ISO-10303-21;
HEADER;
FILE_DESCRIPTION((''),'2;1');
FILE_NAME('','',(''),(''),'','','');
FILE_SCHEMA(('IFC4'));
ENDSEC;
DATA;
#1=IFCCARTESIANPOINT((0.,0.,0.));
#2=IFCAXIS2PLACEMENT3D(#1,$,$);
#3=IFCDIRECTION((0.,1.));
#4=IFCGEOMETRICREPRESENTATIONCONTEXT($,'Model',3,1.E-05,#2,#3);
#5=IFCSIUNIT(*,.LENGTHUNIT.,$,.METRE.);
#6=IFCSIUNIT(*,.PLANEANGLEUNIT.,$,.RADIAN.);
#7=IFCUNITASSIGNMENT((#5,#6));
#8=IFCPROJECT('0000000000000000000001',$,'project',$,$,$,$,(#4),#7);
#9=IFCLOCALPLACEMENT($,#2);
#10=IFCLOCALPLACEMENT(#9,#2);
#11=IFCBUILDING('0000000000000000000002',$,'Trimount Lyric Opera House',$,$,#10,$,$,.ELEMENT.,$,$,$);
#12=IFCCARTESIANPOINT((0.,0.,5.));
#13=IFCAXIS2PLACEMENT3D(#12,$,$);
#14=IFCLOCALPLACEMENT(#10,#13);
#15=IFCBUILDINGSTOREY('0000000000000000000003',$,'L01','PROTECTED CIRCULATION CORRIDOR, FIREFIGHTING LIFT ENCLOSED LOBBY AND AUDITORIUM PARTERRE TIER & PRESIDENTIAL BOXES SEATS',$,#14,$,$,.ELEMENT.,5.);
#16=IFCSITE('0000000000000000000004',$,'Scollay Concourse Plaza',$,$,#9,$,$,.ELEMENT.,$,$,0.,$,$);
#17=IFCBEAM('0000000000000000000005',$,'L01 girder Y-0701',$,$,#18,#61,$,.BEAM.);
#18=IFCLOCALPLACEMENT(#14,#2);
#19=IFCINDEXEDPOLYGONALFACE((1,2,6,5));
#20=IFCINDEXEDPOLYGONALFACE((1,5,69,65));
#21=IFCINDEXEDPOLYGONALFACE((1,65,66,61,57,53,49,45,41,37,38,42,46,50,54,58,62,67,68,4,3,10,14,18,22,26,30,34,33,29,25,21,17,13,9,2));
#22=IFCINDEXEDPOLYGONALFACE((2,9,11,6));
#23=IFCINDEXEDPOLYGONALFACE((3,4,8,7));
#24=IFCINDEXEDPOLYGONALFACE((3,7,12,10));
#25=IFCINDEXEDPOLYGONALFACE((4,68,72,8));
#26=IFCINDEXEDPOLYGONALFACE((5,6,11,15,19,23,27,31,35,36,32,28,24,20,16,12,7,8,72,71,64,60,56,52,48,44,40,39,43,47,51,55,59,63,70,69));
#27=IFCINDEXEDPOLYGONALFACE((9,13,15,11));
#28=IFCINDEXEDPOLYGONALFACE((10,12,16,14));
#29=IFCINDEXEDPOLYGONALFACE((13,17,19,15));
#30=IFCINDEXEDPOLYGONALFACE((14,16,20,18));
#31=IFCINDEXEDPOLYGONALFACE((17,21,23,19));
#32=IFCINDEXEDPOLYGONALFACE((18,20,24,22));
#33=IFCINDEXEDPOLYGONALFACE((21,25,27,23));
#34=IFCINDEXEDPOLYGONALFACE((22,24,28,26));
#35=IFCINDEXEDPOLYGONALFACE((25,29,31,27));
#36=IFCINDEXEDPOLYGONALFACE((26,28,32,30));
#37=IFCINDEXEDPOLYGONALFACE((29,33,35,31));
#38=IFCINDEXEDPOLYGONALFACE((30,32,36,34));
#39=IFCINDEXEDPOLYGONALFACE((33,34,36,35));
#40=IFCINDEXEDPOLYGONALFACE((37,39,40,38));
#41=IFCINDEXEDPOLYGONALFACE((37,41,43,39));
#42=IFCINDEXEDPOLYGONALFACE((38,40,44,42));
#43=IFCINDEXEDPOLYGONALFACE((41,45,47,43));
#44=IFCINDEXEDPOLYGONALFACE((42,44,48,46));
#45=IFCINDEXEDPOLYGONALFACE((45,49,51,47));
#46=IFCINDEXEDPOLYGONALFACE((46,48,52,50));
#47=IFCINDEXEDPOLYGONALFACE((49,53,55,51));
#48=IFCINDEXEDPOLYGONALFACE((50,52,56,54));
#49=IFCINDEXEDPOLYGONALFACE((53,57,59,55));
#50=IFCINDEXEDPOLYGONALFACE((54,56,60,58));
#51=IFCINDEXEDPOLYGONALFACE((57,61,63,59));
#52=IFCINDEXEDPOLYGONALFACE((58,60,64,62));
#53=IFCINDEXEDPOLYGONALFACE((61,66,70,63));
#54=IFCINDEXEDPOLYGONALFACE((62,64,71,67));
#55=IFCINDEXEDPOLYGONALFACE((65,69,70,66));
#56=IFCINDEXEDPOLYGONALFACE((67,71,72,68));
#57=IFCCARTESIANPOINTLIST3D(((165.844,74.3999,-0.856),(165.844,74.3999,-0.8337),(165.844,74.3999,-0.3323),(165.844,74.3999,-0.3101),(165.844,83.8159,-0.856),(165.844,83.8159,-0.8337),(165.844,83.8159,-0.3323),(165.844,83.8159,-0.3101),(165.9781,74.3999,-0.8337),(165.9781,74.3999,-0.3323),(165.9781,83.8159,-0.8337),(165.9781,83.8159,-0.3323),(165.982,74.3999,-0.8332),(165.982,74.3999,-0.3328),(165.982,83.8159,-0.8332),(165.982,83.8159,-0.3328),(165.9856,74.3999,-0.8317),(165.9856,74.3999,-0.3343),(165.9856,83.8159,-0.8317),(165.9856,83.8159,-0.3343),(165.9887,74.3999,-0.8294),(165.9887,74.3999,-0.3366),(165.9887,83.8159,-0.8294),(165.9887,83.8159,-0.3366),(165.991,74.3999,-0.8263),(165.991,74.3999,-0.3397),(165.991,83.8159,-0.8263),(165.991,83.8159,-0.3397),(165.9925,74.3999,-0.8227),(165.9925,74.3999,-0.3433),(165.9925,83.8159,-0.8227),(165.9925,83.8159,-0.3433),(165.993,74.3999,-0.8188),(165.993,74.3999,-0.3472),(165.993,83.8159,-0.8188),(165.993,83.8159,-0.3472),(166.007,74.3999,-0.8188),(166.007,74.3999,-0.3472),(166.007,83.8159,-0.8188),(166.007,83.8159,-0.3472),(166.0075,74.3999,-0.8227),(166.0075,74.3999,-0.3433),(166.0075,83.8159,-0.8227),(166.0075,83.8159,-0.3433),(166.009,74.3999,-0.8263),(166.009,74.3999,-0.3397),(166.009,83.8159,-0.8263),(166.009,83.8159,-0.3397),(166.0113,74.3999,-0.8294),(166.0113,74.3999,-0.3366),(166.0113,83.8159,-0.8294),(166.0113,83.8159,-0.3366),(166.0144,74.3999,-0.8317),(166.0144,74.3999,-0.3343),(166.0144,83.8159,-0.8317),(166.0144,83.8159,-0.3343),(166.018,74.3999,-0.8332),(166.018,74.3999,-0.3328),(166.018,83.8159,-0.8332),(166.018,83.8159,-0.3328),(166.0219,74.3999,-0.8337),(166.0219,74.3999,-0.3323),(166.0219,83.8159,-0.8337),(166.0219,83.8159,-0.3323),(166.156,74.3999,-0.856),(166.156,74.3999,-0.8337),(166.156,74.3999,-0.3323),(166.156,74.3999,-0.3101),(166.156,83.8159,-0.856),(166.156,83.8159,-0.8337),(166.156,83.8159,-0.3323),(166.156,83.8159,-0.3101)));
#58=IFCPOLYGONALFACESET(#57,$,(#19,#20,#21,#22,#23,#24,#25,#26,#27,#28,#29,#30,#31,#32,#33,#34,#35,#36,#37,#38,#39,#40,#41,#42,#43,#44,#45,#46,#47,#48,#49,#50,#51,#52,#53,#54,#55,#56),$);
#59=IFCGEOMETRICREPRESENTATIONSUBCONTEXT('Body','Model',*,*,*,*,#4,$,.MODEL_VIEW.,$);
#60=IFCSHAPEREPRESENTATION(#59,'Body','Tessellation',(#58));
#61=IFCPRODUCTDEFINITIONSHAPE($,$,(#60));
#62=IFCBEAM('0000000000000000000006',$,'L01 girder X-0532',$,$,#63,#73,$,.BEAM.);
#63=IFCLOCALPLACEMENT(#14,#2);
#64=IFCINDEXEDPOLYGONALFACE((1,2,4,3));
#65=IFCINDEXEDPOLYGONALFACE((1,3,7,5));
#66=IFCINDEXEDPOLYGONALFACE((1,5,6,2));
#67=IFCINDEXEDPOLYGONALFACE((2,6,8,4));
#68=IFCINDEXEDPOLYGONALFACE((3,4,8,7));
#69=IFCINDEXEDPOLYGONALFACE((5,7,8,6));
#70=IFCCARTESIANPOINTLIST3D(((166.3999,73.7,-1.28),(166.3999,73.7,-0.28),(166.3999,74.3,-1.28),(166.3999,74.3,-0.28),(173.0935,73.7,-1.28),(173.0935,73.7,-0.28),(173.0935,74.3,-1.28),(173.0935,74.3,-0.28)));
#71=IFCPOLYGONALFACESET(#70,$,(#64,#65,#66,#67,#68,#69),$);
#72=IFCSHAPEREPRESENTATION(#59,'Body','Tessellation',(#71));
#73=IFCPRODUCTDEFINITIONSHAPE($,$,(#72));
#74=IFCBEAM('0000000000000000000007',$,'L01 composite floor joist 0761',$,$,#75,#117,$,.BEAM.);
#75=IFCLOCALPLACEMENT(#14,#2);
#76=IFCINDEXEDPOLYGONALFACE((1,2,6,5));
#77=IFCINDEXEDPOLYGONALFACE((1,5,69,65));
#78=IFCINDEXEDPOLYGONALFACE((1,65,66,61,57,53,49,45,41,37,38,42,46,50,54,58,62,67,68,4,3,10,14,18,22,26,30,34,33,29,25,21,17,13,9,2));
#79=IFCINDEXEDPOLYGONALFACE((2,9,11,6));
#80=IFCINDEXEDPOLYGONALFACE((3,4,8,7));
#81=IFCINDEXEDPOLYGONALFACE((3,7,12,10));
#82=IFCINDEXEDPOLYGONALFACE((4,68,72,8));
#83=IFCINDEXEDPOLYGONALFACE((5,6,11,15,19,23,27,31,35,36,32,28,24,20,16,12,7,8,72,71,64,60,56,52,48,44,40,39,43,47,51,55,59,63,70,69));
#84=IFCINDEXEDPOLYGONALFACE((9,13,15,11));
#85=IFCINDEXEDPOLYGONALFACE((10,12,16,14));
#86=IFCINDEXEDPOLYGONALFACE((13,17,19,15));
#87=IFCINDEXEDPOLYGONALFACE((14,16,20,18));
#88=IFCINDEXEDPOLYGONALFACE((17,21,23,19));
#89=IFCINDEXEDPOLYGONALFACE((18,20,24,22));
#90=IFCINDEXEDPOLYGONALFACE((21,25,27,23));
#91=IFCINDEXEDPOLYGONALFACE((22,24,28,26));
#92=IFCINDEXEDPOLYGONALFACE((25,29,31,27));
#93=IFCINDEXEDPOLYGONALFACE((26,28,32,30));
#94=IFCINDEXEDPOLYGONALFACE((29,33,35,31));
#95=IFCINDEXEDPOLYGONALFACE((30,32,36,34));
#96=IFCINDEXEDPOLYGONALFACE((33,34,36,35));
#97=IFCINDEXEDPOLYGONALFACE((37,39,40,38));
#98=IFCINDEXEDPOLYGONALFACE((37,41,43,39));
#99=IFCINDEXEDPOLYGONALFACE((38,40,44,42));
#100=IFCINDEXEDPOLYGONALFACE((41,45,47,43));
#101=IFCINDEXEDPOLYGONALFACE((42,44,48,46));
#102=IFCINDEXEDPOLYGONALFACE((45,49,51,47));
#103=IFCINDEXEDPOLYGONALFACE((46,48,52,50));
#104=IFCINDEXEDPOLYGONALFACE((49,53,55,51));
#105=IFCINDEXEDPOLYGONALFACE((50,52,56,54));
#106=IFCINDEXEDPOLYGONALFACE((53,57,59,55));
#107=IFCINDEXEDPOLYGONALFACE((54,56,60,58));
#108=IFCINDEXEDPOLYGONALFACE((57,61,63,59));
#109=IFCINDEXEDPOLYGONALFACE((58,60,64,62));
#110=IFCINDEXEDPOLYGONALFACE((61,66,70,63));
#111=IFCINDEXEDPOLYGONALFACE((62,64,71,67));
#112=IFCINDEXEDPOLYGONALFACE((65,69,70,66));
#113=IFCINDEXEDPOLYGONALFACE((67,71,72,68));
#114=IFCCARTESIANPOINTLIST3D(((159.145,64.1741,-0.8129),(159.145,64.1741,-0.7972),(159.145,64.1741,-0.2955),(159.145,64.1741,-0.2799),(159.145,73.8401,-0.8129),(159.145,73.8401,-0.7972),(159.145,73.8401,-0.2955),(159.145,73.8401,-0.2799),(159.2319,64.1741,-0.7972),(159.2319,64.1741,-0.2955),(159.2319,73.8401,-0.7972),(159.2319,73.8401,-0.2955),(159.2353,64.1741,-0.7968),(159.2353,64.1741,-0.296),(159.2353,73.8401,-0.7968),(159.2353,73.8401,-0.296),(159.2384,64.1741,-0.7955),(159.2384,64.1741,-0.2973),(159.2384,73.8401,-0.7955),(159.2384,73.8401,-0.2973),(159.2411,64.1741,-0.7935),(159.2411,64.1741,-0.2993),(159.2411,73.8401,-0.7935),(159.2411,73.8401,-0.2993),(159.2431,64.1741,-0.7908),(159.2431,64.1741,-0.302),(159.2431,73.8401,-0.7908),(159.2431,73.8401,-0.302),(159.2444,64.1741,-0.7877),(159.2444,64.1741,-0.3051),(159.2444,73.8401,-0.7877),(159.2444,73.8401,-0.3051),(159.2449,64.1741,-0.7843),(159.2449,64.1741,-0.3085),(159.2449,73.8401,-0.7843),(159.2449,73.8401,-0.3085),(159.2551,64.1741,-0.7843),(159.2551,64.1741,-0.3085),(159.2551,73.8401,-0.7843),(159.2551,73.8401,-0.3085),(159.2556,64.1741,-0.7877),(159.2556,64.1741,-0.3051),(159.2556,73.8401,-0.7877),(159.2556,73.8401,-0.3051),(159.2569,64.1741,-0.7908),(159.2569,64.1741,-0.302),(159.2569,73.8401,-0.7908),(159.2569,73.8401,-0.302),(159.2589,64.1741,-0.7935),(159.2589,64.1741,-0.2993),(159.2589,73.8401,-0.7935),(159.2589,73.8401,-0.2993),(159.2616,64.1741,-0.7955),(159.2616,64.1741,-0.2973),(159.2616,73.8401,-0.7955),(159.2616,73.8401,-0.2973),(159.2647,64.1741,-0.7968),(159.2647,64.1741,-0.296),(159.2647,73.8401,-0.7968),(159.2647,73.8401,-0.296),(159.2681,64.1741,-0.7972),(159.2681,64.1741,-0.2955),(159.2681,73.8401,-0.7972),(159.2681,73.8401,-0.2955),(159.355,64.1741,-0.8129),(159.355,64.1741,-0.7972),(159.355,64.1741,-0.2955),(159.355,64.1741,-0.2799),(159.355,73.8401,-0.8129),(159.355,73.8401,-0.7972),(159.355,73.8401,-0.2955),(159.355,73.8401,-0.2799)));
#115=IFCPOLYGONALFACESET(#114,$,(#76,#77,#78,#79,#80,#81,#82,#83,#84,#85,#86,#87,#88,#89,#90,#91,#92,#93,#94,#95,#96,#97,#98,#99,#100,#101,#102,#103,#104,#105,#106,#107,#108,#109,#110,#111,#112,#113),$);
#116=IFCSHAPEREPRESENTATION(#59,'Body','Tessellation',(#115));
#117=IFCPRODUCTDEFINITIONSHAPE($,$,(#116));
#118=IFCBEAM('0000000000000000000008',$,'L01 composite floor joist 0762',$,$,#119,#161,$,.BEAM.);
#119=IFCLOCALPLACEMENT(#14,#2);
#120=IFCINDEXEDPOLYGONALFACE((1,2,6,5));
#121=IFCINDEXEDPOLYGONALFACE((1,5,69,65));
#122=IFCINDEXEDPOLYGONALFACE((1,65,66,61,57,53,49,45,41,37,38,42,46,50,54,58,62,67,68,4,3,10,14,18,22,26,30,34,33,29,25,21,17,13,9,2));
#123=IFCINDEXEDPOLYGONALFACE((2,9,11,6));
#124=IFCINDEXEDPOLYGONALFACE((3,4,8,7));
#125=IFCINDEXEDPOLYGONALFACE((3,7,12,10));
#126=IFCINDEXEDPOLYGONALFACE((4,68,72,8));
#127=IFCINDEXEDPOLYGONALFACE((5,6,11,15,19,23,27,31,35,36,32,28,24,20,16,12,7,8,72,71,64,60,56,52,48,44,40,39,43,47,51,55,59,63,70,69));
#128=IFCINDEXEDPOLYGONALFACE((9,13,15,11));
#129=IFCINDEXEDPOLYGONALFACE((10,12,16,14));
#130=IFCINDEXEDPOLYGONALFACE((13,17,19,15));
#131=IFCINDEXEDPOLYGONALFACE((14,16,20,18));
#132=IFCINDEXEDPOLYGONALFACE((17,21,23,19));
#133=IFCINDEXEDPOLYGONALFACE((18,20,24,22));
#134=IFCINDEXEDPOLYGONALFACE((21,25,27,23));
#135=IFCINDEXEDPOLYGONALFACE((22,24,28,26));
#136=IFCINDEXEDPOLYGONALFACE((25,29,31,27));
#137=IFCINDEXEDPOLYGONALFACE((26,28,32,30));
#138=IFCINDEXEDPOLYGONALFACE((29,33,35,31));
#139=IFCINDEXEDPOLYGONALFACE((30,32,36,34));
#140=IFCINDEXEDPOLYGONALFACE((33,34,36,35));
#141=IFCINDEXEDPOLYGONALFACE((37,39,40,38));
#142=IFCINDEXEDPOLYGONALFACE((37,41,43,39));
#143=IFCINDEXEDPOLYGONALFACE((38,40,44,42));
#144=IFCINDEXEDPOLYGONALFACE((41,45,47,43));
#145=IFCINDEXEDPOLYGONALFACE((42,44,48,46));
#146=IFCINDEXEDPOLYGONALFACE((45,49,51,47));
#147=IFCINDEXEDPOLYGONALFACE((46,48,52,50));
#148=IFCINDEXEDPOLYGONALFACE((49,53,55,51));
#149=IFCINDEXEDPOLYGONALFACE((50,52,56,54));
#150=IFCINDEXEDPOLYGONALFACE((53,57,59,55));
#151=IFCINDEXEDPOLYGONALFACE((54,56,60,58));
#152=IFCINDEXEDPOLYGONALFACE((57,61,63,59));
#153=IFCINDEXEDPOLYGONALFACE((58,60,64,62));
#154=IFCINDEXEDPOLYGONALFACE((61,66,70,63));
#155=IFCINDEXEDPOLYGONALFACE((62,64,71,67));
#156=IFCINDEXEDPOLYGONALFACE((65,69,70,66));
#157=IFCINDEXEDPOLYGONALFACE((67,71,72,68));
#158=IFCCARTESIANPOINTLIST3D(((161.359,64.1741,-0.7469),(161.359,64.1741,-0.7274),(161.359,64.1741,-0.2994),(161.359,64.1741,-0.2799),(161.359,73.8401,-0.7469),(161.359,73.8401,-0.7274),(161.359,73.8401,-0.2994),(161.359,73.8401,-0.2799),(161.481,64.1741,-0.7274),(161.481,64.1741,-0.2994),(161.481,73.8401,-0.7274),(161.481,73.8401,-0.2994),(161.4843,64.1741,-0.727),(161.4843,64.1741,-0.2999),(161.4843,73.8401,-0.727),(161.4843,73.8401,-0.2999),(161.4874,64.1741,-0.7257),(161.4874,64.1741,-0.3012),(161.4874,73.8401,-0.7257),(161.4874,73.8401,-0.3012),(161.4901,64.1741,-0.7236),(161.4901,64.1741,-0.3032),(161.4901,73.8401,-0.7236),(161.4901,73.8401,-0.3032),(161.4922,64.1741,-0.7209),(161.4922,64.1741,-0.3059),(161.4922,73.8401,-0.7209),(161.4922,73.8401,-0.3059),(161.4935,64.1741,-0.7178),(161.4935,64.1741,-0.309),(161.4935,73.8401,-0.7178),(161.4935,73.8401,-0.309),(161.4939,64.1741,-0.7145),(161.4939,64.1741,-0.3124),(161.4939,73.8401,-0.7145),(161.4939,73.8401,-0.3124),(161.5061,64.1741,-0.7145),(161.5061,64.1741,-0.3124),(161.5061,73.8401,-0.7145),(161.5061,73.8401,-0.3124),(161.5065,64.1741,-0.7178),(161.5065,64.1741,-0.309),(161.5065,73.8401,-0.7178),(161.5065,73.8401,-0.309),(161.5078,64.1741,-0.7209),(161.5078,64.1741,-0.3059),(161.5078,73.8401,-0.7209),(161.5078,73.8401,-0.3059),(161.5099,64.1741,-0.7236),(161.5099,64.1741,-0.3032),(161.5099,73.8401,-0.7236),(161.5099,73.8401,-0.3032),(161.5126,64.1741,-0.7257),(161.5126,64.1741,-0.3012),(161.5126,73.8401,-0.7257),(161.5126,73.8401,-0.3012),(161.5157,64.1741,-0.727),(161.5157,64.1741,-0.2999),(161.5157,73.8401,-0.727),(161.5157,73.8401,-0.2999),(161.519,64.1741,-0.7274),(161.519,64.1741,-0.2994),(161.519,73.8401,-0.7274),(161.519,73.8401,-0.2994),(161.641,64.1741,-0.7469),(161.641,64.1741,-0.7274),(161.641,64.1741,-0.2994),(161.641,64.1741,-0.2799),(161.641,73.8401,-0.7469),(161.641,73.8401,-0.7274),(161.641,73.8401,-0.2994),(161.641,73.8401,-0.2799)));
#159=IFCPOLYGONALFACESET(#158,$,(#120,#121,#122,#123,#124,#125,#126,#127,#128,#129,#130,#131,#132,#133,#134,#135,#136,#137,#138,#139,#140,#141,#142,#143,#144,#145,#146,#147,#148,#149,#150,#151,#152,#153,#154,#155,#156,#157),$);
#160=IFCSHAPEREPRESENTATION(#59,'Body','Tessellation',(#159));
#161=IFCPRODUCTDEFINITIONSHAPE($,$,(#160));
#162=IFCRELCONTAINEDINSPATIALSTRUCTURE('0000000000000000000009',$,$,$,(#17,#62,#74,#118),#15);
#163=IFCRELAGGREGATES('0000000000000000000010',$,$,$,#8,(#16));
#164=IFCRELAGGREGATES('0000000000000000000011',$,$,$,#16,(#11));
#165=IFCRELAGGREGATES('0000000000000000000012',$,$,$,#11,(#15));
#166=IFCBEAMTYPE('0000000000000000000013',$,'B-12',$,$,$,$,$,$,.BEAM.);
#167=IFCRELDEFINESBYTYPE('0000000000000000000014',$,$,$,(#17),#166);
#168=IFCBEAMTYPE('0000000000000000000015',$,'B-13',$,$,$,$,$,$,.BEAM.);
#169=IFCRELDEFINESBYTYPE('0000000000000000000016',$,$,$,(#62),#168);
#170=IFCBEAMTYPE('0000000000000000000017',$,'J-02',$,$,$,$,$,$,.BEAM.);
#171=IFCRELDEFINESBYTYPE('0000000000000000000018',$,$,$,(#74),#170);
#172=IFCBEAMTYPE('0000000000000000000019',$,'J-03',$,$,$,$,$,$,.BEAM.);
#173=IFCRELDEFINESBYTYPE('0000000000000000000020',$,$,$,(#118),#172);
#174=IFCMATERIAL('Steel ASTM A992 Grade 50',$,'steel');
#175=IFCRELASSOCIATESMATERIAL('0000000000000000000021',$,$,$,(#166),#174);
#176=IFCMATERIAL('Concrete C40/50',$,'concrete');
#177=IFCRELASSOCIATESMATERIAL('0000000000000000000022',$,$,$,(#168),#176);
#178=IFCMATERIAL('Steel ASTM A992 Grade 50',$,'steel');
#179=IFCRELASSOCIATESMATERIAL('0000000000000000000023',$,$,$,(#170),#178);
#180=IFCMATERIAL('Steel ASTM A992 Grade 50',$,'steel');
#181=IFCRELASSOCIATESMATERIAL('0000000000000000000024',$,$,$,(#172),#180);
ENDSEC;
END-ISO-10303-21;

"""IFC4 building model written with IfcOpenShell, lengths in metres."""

from ifc_helpers import new_model, si_unit, direction, frame, origin, origin_2d, place, context, subcontext, project, spatial, rectangle, i_section, extrude, material, material_profile, profile_set, type_object, element, save


model = new_model("IFC4")

# Units and contexts
model_context = context("Model", 3, precision=1e-05, world=origin(), true_north=direction((0.0, 1.0)))
body_context = subcontext(model_context, "Body", "Model", "MODEL_VIEW")
ifc_project = project(units=[si_unit("LENGTHUNIT", "METRE"), si_unit("PLANEANGLEUNIT", "RADIAN")], contexts=[model_context])

# Site, building, storey
site_placement = place(None, origin())
site = spatial("IfcSite", under=ifc_project, at=site_placement, Name="Scollay Concourse Plaza", CompositionType="ELEMENT", RefElevation=0.0)
building_placement = place(site_placement, origin())
building = spatial("IfcBuilding", under=site, at=building_placement, Name="Trimount Lyric Opera House", CompositionType="ELEMENT")
storey_placement = place(building_placement, frame((0.0, 0.0, 5.0)))
storey = spatial("IfcBuildingStorey", under=building, at=storey_placement, Name="L01", Description="PROTECTED CIRCULATION CORRIDOR, FIREFIGHTING LIFT ENCLOSED LOBBY AND AUDITORIUM PARTERRE TIER & PRESIDENTIAL BOXES SEATS", CompositionType="ELEMENT", Elevation=5.0)

# Beams
ifc_material_1 = material(Name="Steel ASTM A992 Grade 50", Category="steel")
ifc_material_profile_1 = material_profile(ifc_material_1, i_section(OverallWidth=0.312, OverallDepth=0.5459, WebThickness=0.0139, FlangeThickness=0.0222, FilletRadius=0.0149, at=origin_2d()), Name="W21X111")
ifc_profile_set_1 = profile_set([ifc_material_profile_1], Name="Steel ASTM A992 Grade 50")
beam_type_1 = type_object("IfcBeamType", Name="B-12", PredefinedType="BEAM", material=ifc_profile_set_1)
beam_1_placement = place(storey_placement, frame((166.0, 74.3999, -0.583), z_axis=(0.0, 1.0, 0.0), x_axis=(-1.0, 0.0, 0.0)))
element("IfcBeam", 1, at=beam_1_placement, inside=storey, type_object=beam_type_1, Name="L01 girder Y-0701", PredefinedType="BEAM", context=body_context, shape_type="SweptSolid", body=[
    extrude(i_section(OverallWidth=0.312, OverallDepth=0.5459, WebThickness=0.0139, FlangeThickness=0.0222, FilletRadius=0.0149, at=origin_2d()), origin(), (0.0, 0.0, 1.0), 9.416),
])
ifc_material_2 = material(Name="Concrete C40/50", Category="concrete")
ifc_material_profile_2 = material_profile(ifc_material_2, rectangle(XDim=0.6001, YDim=1.0, at=origin_2d()), Name="RC600X1000")
ifc_profile_set_2 = profile_set([ifc_material_profile_2], Name="Concrete C40/50")
beam_type_2 = type_object("IfcBeamType", Name="B-13", PredefinedType="BEAM", material=ifc_profile_set_2)
beam_2_placement = place(storey_placement, frame((166.3999, 74.0, -0.78), z_axis=(1.0, 0.0, 0.0), x_axis=(0.0, 1.0, 0.0)))
element("IfcBeam", 2, at=beam_2_placement, inside=storey, type_object=beam_type_2, Name="L01 girder X-0532", PredefinedType="BEAM", context=body_context, shape_type="SweptSolid", body=[
    extrude(rectangle(XDim=0.6001, YDim=1.0, at=origin_2d()), origin(), (0.0, 0.0, 1.0), 6.6936),
])
ifc_material_3 = material(Name="Steel ASTM A992 Grade 50", Category="steel")
ifc_material_profile_3 = material_profile(ifc_material_3, i_section(OverallWidth=0.21, OverallDepth=0.533, WebThickness=0.0103, FlangeThickness=0.0156, FilletRadius=0.0129, at=origin_2d()), Name="W21X62")
ifc_profile_set_3 = profile_set([ifc_material_profile_3], Name="Steel ASTM A992 Grade 50")
beam_type_3 = type_object("IfcBeamType", Name="J-02", PredefinedType="BEAM", material=ifc_profile_set_3)
beam_3_placement = place(storey_placement, frame((159.25, 64.1741, -0.5464), z_axis=(0.0, 1.0, 0.0), x_axis=(-1.0, 0.0, 0.0)))
element("IfcBeam", 3, at=beam_3_placement, inside=storey, type_object=beam_type_3, Name="L01 composite floor joist 0761", PredefinedType="BEAM", context=body_context, shape_type="SweptSolid", body=[
    extrude(i_section(OverallWidth=0.21, OverallDepth=0.533, WebThickness=0.0103, FlangeThickness=0.0156, FilletRadius=0.0129, at=origin_2d()), origin(), (0.0, 0.0, 1.0), 9.666),
])
ifc_material_4 = material(Name="Steel ASTM A992 Grade 50", Category="steel")
ifc_material_profile_4 = material_profile(ifc_material_4, i_section(OverallWidth=0.282, OverallDepth=0.467, WebThickness=0.0122, FlangeThickness=0.0195, FilletRadius=0.0129, at=origin_2d()), Name="W18X86")
ifc_profile_set_4 = profile_set([ifc_material_profile_4], Name="Steel ASTM A992 Grade 50")
beam_type_4 = type_object("IfcBeamType", Name="J-03", PredefinedType="BEAM", material=ifc_profile_set_4)
beam_4_placement = place(storey_placement, frame((161.5, 64.1741, -0.5134), z_axis=(0.0, 1.0, 0.0), x_axis=(-1.0, 0.0, 0.0)))
element("IfcBeam", 4, at=beam_4_placement, inside=storey, type_object=beam_type_4, Name="L01 composite floor joist 0762", PredefinedType="BEAM", context=body_context, shape_type="SweptSolid", body=[
    extrude(i_section(OverallWidth=0.282, OverallDepth=0.467, WebThickness=0.0122, FlangeThickness=0.0195, FilletRadius=0.0129, at=origin_2d()), origin(), (0.0, 0.0, 1.0), 9.666),
])

save(model, "model.ifc")
